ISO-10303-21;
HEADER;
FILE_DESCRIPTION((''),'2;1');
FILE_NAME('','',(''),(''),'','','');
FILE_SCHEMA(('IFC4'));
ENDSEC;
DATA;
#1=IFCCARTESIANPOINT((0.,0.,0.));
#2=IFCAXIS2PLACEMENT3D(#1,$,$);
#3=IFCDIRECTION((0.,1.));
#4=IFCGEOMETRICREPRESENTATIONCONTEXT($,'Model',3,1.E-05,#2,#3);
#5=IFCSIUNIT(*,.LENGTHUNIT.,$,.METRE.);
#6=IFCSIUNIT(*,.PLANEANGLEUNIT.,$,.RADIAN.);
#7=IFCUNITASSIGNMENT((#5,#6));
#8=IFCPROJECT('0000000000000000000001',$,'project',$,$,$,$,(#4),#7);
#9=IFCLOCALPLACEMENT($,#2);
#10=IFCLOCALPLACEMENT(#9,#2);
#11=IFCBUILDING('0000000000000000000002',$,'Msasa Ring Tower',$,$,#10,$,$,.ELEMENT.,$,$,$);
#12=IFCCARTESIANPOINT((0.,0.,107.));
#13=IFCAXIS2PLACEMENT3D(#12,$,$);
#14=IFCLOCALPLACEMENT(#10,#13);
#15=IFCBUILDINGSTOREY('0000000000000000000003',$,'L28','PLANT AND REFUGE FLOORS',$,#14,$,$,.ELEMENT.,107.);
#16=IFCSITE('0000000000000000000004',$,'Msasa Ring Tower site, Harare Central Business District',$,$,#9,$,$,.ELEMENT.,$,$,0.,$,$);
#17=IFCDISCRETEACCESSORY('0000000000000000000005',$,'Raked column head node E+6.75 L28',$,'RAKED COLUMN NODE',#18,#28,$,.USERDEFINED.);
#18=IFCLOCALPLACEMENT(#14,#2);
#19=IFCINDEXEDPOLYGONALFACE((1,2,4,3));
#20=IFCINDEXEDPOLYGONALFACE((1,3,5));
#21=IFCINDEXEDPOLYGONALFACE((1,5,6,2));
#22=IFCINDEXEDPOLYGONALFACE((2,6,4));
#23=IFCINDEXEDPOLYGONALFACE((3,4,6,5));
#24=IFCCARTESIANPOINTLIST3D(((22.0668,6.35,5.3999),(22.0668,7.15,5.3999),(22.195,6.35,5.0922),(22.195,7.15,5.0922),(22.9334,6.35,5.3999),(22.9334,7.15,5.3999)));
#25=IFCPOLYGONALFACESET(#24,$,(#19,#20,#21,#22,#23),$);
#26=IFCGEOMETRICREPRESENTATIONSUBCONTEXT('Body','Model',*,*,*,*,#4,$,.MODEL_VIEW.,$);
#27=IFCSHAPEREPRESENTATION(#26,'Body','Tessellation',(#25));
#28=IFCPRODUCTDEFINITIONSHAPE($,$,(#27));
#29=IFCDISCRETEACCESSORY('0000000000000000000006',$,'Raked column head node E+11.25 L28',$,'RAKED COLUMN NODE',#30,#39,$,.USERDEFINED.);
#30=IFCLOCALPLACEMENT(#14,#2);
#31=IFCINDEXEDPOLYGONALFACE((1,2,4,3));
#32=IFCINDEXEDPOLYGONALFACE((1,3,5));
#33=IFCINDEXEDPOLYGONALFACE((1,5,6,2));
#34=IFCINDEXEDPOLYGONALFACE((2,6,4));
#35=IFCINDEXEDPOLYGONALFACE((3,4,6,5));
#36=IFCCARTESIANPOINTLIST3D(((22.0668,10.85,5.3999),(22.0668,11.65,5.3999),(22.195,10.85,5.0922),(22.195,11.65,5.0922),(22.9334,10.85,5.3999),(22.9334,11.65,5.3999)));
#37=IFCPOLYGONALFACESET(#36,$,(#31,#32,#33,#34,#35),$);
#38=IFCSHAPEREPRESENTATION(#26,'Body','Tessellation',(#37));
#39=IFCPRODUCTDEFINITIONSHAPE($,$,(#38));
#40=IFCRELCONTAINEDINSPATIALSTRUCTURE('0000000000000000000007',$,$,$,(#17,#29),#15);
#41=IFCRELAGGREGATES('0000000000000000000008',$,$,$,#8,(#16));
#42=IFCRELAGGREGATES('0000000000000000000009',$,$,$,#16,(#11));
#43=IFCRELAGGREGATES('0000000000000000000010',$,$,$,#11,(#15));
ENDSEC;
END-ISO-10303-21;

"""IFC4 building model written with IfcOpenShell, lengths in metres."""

from ifc_helpers import new_model, si_unit, direction, frame, origin, origin_2d, place, context, subcontext, project, spatial, rectangle, extrude, clip, halfspace, element, save


model = new_model("IFC4")

# Units and contexts
model_context = context("Model", 3, precision=1e-05, world=origin(), true_north=direction((0.0, 1.0)))
body_context = subcontext(model_context, "Body", "Model", "MODEL_VIEW")
ifc_project = project(units=[si_unit("LENGTHUNIT", "METRE"), si_unit("PLANEANGLEUNIT", "RADIAN")], contexts=[model_context])

# Site, building, storey
site_placement = place(None, origin())
site = spatial("IfcSite", under=ifc_project, at=site_placement, Name="Msasa Ring Tower site, Harare Central Business District", CompositionType="ELEMENT", RefElevation=0.0)
building_placement = place(site_placement, origin())
building = spatial("IfcBuilding", under=site, at=building_placement, Name="Msasa Ring Tower", CompositionType="ELEMENT")
storey_placement = place(building_placement, frame((0.0, 0.0, 107.0)))
storey = spatial("IfcBuildingStorey", under=building, at=storey_placement, Name="L28", Description="PLANT AND REFUGE FLOORS", CompositionType="ELEMENT", Elevation=107.0)

# Discrete accessories
for number, where, name in (
    (1, (22.5, 6.75, 5.3999), "Raked column head node E+6.75 L28"),
    (2, (22.5, 11.25, 5.3999), "Raked column head node E+11.25 L28"),
):
    element("IfcDiscreteAccessory", number, at=place(storey_placement, frame(where)), inside=storey, Name=name, ObjectType="RAKED COLUMN NODE", PredefinedType="USERDEFINED", context=body_context, shape_type="Clipping", body=[
        clip(extrude(rectangle(XDim=0.8, YDim=0.8, at=origin_2d()), frame((0.0642, 0.0, -0.1538), z_axis=(-0.384615, 0.0, 0.923077), x_axis=(0.0, -1.0, 0.0)), (0.0, 0.0, 1.0), 0.3335), halfspace(frame((0.0, 0.0, 0.0), z_axis=(0.0, 0.0, -1.0)), True)),
    ])

save(model, "model.ifc")
